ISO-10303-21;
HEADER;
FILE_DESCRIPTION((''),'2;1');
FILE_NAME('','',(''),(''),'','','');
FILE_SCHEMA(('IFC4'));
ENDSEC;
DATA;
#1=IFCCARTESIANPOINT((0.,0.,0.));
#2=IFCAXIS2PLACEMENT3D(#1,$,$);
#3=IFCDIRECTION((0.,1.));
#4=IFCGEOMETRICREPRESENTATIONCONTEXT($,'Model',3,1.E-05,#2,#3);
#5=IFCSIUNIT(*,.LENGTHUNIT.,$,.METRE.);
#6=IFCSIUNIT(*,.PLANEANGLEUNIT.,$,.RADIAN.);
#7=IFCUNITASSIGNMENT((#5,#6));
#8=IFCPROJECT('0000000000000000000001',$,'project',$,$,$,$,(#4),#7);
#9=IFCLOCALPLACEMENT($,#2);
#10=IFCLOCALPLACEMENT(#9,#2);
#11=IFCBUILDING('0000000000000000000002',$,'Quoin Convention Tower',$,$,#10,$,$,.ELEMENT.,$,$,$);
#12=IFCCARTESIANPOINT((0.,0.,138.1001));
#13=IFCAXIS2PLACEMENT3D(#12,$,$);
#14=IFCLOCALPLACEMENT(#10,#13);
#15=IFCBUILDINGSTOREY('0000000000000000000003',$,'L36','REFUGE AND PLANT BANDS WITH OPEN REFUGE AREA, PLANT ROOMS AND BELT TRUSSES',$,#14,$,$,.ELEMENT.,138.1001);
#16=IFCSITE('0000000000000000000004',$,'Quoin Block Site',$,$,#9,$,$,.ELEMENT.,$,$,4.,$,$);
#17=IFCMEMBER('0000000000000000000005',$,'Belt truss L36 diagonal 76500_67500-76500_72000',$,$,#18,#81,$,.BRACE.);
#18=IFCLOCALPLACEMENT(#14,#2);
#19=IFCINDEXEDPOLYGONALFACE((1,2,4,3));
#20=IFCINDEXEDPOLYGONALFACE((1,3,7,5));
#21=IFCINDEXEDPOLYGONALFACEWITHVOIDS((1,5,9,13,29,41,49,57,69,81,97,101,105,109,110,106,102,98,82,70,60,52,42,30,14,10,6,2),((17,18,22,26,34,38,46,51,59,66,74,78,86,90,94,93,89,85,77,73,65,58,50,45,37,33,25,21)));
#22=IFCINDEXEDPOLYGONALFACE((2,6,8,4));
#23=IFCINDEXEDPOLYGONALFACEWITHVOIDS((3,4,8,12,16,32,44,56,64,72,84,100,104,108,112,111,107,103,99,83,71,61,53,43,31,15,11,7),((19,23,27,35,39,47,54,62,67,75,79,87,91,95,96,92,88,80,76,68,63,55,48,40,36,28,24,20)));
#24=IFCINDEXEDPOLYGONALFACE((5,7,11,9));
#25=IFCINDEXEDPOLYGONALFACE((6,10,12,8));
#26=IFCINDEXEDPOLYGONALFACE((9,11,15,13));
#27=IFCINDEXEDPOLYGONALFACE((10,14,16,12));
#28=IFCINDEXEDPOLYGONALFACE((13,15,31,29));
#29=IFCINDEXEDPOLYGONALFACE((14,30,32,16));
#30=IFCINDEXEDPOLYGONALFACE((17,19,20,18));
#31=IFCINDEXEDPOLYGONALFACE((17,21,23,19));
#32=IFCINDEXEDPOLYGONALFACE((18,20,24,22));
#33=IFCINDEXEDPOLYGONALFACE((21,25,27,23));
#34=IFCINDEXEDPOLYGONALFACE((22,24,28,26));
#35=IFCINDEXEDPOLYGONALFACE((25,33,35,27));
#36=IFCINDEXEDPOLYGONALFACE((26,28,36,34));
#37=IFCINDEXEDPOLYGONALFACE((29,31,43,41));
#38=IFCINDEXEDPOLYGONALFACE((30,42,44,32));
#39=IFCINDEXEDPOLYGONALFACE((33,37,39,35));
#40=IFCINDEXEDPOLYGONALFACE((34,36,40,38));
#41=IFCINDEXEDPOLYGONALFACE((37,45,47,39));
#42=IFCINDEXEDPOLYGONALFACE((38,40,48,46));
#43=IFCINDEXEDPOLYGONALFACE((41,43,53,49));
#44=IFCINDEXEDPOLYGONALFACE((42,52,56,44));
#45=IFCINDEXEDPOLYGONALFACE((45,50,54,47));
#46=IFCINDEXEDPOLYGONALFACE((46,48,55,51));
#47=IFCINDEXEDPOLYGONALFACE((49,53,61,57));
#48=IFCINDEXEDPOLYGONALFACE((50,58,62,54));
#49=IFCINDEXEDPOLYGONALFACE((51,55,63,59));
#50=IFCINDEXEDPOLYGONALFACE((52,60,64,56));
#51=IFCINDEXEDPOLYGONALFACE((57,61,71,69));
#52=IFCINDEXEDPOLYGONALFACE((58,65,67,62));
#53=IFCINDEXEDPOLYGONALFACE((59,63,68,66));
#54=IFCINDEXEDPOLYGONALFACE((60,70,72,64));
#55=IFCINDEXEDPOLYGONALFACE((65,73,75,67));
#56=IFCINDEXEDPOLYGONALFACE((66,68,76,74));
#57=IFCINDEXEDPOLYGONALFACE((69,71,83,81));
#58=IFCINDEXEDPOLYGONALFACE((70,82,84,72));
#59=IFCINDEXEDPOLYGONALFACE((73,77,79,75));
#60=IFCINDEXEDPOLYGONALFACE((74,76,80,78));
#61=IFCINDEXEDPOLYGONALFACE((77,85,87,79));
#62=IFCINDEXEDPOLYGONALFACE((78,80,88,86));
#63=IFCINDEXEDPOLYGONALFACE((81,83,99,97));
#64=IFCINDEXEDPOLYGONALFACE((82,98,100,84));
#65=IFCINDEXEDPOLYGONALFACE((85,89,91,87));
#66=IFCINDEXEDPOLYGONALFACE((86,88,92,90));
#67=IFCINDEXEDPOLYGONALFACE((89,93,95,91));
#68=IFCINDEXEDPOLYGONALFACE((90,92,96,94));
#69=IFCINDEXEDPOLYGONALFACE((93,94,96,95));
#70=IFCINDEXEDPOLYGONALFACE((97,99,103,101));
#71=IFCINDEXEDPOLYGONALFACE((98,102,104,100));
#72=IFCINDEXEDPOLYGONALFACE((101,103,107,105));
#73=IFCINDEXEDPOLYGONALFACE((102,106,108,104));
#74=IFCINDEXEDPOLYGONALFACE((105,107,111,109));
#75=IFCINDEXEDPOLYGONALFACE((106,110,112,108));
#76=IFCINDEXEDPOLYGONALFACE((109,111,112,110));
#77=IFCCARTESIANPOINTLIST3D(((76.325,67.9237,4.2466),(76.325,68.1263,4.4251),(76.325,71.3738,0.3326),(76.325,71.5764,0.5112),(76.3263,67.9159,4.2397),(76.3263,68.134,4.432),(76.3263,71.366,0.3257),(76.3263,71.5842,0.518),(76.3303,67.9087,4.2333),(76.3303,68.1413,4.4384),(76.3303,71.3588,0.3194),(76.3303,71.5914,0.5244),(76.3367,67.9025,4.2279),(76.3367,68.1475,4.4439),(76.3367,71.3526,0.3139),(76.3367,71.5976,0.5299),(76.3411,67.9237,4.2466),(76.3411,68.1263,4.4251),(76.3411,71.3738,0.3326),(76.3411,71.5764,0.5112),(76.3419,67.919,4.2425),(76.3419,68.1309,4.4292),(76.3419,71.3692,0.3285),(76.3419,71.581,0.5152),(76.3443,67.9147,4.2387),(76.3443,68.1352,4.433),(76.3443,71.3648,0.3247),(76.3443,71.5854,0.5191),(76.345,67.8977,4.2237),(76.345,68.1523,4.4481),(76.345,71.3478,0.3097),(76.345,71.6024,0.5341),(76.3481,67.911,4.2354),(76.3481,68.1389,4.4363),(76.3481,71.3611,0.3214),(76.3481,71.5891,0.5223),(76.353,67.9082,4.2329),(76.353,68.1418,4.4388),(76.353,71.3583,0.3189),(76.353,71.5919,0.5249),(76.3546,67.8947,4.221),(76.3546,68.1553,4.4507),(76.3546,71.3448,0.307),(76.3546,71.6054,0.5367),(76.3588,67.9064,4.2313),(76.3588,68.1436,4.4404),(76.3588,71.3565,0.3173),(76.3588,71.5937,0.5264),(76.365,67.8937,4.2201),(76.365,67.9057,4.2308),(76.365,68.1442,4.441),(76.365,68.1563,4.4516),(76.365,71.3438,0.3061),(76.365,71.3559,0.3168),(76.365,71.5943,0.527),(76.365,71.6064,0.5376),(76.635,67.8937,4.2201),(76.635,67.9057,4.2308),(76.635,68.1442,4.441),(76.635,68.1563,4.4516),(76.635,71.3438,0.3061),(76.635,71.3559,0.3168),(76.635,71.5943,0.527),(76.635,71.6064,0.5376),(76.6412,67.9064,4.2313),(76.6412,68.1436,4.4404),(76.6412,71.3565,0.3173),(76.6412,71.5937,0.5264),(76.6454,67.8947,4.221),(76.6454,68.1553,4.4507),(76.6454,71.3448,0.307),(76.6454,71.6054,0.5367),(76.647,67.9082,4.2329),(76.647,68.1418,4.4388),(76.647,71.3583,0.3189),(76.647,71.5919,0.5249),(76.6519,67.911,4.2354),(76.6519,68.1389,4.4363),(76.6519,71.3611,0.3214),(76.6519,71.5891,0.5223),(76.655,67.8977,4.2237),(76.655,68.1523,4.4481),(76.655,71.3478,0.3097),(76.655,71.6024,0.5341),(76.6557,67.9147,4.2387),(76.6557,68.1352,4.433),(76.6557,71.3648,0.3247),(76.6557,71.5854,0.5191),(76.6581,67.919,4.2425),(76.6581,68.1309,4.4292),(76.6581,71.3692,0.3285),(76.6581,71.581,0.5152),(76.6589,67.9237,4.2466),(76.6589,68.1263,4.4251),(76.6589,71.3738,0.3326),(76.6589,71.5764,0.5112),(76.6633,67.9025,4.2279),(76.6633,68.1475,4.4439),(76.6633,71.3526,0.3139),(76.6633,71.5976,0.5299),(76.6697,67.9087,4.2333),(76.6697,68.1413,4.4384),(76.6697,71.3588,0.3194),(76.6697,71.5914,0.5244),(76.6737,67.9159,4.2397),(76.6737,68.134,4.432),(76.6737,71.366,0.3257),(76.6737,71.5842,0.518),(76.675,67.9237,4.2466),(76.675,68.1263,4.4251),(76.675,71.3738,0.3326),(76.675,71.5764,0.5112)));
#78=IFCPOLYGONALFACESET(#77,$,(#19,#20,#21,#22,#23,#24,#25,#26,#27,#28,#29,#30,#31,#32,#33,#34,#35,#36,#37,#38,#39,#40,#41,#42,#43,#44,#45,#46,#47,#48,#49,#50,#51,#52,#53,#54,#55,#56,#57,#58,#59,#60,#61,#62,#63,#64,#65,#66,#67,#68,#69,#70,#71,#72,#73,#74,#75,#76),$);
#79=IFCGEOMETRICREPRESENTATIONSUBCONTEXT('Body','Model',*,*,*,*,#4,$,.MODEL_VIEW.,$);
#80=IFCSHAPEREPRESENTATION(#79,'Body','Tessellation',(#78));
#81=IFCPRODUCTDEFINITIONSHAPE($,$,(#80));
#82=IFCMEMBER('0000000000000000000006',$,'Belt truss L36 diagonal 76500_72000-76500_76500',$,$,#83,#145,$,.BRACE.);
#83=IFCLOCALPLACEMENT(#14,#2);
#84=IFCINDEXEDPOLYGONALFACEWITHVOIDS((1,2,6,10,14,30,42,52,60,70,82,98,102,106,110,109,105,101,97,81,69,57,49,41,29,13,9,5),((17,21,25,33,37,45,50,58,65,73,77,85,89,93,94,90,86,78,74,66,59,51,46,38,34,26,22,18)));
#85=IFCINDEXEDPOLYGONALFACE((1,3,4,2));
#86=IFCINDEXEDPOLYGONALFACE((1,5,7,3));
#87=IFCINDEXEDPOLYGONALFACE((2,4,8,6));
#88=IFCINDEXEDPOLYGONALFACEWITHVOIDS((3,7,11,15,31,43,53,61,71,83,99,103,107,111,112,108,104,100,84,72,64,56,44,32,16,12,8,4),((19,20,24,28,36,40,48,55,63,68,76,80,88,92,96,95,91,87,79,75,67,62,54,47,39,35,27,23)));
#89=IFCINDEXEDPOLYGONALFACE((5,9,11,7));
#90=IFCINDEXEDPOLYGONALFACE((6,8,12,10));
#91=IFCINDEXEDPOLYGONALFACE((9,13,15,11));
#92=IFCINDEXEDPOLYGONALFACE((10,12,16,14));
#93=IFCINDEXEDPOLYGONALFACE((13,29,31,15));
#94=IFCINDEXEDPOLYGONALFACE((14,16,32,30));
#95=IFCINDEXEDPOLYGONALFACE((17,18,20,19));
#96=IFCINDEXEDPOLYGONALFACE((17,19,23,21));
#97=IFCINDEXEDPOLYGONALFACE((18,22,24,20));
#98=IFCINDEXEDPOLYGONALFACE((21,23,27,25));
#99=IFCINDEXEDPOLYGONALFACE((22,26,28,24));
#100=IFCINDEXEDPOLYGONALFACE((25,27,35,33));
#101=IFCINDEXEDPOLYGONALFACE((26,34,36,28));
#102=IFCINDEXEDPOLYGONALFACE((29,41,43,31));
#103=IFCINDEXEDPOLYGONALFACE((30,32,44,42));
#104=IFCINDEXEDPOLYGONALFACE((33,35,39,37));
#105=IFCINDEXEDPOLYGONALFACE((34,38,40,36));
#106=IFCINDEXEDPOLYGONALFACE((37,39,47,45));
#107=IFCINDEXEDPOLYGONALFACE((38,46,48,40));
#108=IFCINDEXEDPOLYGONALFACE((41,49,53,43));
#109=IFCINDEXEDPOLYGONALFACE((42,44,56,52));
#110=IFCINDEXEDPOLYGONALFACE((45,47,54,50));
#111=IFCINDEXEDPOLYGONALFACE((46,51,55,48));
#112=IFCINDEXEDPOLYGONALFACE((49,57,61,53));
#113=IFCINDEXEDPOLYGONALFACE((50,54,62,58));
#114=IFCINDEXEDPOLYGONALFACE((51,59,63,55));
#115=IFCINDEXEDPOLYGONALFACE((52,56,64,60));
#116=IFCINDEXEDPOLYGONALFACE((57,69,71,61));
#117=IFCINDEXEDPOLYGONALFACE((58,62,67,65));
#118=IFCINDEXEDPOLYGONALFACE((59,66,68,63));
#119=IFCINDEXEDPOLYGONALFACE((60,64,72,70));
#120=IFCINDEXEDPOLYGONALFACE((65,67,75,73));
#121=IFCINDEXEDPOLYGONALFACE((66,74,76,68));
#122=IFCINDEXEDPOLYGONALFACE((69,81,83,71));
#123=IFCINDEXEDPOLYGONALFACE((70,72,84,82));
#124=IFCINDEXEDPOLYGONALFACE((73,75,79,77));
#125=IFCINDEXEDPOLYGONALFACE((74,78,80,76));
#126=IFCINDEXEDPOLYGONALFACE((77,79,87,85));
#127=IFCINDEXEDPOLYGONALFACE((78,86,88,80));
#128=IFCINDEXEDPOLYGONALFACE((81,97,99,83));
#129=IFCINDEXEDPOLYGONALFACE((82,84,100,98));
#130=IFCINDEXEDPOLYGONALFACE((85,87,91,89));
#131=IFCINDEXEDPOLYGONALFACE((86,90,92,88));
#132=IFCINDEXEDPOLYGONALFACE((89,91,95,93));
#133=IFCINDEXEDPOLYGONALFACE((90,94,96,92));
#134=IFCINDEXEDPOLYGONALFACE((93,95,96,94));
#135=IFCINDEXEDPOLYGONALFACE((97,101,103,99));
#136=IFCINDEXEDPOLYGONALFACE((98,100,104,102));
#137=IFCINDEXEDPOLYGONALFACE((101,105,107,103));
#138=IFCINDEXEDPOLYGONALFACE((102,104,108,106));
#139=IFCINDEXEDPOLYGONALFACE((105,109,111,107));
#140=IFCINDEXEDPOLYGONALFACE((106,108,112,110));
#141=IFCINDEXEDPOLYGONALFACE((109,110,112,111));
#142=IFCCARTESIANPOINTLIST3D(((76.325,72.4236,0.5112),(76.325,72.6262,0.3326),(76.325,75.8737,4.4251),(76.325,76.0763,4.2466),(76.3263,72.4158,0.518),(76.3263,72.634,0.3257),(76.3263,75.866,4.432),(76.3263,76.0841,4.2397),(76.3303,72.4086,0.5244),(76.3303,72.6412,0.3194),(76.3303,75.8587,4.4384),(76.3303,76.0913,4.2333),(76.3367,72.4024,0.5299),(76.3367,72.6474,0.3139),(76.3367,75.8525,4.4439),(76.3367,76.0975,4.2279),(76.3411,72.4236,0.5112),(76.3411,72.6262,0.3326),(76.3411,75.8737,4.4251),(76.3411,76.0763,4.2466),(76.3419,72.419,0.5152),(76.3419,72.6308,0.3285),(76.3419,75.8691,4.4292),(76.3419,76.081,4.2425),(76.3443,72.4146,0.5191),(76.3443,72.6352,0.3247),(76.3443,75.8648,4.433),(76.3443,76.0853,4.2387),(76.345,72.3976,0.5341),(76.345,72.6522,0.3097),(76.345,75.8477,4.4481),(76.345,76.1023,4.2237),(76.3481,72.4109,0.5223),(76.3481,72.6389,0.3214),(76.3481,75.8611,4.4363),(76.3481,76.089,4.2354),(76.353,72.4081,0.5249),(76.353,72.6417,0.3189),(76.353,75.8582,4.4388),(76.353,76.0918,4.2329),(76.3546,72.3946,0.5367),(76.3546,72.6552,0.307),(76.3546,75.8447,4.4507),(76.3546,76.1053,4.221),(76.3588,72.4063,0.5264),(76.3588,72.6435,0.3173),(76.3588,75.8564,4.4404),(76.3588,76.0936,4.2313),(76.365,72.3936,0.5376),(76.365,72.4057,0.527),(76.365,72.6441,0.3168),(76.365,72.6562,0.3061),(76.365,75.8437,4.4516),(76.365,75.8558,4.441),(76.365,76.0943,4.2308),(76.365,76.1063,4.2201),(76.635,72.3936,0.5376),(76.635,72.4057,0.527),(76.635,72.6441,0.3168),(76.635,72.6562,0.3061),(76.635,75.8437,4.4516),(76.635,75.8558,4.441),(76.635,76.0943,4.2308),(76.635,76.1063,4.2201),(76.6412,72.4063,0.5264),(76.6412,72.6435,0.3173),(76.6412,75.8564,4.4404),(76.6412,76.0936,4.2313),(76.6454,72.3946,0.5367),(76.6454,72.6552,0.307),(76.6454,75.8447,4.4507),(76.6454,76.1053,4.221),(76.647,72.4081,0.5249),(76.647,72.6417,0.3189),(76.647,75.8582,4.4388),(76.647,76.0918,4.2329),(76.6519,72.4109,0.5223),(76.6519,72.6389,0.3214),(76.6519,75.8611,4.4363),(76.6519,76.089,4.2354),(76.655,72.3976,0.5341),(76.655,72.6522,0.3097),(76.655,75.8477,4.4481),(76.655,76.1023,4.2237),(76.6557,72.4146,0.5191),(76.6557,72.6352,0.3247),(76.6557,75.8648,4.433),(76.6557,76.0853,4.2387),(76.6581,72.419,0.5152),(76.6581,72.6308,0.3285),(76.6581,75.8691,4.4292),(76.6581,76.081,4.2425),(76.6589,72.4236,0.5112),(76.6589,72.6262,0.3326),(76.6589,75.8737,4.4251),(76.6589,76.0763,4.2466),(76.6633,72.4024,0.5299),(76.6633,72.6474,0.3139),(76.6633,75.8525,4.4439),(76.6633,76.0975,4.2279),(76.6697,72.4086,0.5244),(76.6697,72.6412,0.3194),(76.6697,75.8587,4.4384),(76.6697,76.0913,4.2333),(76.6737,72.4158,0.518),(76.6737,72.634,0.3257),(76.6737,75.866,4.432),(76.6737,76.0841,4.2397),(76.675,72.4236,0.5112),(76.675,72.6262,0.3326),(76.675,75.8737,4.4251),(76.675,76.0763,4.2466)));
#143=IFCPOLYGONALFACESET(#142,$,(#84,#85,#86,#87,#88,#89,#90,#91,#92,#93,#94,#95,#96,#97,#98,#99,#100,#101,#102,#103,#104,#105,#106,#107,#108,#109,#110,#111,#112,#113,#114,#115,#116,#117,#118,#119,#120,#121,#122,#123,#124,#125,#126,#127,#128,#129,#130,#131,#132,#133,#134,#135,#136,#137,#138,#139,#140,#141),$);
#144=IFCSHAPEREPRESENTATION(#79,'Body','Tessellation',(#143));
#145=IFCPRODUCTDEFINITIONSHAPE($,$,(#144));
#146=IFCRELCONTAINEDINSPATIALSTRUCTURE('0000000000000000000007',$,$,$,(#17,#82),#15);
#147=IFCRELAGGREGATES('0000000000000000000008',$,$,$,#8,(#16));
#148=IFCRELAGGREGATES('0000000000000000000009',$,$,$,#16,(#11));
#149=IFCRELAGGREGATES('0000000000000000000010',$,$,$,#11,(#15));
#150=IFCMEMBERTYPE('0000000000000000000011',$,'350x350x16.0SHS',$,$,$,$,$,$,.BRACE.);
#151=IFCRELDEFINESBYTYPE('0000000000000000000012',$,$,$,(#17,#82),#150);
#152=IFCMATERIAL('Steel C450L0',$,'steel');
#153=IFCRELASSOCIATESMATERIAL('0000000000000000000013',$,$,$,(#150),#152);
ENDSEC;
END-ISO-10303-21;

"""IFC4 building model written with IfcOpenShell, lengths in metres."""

from ifc_helpers import new_model, si_unit, direction, frame, origin, origin_2d, place, context, subcontext, project, spatial, hollow_rectangle, extrude, material, material_profile, profile_set, type_object, element, save


model = new_model("IFC4")

# Units and contexts
model_context = context("Model", 3, precision=1e-05, world=origin(), true_north=direction((0.0, 1.0)))
body_context = subcontext(model_context, "Body", "Model", "MODEL_VIEW")
ifc_project = project(units=[si_unit("LENGTHUNIT", "METRE"), si_unit("PLANEANGLEUNIT", "RADIAN")], contexts=[model_context])

# Site, building, storey
site_placement = place(None, origin())
site = spatial("IfcSite", under=ifc_project, at=site_placement, Name="Quoin Block Site", CompositionType="ELEMENT", RefElevation=4.0)
building_placement = place(site_placement, origin())
building = spatial("IfcBuilding", under=site, at=building_placement, Name="Quoin Convention Tower", CompositionType="ELEMENT")
storey_placement = place(building_placement, frame((0.0, 0.0, 138.1001)))
storey = spatial("IfcBuildingStorey", under=building, at=storey_placement, Name="L36", Description="REFUGE AND PLANT BANDS WITH OPEN REFUGE AREA, PLANT ROOMS AND BELT TRUSSES", CompositionType="ELEMENT", Elevation=138.1001)

# Shared definitions
ifc_material_1 = material(Name="Steel C450L0", Category="steel")

# Members
ifc_material_profile_1 = material_profile(ifc_material_1, hollow_rectangle(XDim=0.3501, YDim=0.3501, WallThickness=0.0161, InnerFilletRadius=0.0239, OuterFilletRadius=0.04, at=origin_2d()), Name="350x350x16.0SHS")
ifc_profile_set_1 = profile_set([ifc_material_profile_1], Name="Steel C450L0")
member_type_1 = type_object("IfcMemberType", Name="350x350x16.0SHS", PredefinedType="BRACE", material=ifc_profile_set_1)
for number, where, z_axis, x_axis, name in (
    (1, (76.5, 71.4751, 0.4219), (0.0, -0.661256, 0.75016), (1.0, 0.0, 0.0), "Belt truss L36 diagonal 76500_67500-76500_72000"),
    (2, (76.5, 72.5249, 0.4219), (0.0, 0.661256, 0.75016), (-1.0, 0.0, 0.0), "Belt truss L36 diagonal 76500_72000-76500_76500"),
):
    element("IfcMember", number, at=place(storey_placement, frame(where, z_axis=z_axis, x_axis=x_axis)), inside=storey, type_object=member_type_1, Name=name, PredefinedType="BRACE", context=body_context, shape_type="SweptSolid", body=[
        extrude(hollow_rectangle(XDim=0.3501, YDim=0.3501, WallThickness=0.0161, InnerFilletRadius=0.0239, OuterFilletRadius=0.04, at=origin_2d()), origin(), (0.0, 0.0, 1.0), 5.2175),
    ])

save(model, "model.ifc")
